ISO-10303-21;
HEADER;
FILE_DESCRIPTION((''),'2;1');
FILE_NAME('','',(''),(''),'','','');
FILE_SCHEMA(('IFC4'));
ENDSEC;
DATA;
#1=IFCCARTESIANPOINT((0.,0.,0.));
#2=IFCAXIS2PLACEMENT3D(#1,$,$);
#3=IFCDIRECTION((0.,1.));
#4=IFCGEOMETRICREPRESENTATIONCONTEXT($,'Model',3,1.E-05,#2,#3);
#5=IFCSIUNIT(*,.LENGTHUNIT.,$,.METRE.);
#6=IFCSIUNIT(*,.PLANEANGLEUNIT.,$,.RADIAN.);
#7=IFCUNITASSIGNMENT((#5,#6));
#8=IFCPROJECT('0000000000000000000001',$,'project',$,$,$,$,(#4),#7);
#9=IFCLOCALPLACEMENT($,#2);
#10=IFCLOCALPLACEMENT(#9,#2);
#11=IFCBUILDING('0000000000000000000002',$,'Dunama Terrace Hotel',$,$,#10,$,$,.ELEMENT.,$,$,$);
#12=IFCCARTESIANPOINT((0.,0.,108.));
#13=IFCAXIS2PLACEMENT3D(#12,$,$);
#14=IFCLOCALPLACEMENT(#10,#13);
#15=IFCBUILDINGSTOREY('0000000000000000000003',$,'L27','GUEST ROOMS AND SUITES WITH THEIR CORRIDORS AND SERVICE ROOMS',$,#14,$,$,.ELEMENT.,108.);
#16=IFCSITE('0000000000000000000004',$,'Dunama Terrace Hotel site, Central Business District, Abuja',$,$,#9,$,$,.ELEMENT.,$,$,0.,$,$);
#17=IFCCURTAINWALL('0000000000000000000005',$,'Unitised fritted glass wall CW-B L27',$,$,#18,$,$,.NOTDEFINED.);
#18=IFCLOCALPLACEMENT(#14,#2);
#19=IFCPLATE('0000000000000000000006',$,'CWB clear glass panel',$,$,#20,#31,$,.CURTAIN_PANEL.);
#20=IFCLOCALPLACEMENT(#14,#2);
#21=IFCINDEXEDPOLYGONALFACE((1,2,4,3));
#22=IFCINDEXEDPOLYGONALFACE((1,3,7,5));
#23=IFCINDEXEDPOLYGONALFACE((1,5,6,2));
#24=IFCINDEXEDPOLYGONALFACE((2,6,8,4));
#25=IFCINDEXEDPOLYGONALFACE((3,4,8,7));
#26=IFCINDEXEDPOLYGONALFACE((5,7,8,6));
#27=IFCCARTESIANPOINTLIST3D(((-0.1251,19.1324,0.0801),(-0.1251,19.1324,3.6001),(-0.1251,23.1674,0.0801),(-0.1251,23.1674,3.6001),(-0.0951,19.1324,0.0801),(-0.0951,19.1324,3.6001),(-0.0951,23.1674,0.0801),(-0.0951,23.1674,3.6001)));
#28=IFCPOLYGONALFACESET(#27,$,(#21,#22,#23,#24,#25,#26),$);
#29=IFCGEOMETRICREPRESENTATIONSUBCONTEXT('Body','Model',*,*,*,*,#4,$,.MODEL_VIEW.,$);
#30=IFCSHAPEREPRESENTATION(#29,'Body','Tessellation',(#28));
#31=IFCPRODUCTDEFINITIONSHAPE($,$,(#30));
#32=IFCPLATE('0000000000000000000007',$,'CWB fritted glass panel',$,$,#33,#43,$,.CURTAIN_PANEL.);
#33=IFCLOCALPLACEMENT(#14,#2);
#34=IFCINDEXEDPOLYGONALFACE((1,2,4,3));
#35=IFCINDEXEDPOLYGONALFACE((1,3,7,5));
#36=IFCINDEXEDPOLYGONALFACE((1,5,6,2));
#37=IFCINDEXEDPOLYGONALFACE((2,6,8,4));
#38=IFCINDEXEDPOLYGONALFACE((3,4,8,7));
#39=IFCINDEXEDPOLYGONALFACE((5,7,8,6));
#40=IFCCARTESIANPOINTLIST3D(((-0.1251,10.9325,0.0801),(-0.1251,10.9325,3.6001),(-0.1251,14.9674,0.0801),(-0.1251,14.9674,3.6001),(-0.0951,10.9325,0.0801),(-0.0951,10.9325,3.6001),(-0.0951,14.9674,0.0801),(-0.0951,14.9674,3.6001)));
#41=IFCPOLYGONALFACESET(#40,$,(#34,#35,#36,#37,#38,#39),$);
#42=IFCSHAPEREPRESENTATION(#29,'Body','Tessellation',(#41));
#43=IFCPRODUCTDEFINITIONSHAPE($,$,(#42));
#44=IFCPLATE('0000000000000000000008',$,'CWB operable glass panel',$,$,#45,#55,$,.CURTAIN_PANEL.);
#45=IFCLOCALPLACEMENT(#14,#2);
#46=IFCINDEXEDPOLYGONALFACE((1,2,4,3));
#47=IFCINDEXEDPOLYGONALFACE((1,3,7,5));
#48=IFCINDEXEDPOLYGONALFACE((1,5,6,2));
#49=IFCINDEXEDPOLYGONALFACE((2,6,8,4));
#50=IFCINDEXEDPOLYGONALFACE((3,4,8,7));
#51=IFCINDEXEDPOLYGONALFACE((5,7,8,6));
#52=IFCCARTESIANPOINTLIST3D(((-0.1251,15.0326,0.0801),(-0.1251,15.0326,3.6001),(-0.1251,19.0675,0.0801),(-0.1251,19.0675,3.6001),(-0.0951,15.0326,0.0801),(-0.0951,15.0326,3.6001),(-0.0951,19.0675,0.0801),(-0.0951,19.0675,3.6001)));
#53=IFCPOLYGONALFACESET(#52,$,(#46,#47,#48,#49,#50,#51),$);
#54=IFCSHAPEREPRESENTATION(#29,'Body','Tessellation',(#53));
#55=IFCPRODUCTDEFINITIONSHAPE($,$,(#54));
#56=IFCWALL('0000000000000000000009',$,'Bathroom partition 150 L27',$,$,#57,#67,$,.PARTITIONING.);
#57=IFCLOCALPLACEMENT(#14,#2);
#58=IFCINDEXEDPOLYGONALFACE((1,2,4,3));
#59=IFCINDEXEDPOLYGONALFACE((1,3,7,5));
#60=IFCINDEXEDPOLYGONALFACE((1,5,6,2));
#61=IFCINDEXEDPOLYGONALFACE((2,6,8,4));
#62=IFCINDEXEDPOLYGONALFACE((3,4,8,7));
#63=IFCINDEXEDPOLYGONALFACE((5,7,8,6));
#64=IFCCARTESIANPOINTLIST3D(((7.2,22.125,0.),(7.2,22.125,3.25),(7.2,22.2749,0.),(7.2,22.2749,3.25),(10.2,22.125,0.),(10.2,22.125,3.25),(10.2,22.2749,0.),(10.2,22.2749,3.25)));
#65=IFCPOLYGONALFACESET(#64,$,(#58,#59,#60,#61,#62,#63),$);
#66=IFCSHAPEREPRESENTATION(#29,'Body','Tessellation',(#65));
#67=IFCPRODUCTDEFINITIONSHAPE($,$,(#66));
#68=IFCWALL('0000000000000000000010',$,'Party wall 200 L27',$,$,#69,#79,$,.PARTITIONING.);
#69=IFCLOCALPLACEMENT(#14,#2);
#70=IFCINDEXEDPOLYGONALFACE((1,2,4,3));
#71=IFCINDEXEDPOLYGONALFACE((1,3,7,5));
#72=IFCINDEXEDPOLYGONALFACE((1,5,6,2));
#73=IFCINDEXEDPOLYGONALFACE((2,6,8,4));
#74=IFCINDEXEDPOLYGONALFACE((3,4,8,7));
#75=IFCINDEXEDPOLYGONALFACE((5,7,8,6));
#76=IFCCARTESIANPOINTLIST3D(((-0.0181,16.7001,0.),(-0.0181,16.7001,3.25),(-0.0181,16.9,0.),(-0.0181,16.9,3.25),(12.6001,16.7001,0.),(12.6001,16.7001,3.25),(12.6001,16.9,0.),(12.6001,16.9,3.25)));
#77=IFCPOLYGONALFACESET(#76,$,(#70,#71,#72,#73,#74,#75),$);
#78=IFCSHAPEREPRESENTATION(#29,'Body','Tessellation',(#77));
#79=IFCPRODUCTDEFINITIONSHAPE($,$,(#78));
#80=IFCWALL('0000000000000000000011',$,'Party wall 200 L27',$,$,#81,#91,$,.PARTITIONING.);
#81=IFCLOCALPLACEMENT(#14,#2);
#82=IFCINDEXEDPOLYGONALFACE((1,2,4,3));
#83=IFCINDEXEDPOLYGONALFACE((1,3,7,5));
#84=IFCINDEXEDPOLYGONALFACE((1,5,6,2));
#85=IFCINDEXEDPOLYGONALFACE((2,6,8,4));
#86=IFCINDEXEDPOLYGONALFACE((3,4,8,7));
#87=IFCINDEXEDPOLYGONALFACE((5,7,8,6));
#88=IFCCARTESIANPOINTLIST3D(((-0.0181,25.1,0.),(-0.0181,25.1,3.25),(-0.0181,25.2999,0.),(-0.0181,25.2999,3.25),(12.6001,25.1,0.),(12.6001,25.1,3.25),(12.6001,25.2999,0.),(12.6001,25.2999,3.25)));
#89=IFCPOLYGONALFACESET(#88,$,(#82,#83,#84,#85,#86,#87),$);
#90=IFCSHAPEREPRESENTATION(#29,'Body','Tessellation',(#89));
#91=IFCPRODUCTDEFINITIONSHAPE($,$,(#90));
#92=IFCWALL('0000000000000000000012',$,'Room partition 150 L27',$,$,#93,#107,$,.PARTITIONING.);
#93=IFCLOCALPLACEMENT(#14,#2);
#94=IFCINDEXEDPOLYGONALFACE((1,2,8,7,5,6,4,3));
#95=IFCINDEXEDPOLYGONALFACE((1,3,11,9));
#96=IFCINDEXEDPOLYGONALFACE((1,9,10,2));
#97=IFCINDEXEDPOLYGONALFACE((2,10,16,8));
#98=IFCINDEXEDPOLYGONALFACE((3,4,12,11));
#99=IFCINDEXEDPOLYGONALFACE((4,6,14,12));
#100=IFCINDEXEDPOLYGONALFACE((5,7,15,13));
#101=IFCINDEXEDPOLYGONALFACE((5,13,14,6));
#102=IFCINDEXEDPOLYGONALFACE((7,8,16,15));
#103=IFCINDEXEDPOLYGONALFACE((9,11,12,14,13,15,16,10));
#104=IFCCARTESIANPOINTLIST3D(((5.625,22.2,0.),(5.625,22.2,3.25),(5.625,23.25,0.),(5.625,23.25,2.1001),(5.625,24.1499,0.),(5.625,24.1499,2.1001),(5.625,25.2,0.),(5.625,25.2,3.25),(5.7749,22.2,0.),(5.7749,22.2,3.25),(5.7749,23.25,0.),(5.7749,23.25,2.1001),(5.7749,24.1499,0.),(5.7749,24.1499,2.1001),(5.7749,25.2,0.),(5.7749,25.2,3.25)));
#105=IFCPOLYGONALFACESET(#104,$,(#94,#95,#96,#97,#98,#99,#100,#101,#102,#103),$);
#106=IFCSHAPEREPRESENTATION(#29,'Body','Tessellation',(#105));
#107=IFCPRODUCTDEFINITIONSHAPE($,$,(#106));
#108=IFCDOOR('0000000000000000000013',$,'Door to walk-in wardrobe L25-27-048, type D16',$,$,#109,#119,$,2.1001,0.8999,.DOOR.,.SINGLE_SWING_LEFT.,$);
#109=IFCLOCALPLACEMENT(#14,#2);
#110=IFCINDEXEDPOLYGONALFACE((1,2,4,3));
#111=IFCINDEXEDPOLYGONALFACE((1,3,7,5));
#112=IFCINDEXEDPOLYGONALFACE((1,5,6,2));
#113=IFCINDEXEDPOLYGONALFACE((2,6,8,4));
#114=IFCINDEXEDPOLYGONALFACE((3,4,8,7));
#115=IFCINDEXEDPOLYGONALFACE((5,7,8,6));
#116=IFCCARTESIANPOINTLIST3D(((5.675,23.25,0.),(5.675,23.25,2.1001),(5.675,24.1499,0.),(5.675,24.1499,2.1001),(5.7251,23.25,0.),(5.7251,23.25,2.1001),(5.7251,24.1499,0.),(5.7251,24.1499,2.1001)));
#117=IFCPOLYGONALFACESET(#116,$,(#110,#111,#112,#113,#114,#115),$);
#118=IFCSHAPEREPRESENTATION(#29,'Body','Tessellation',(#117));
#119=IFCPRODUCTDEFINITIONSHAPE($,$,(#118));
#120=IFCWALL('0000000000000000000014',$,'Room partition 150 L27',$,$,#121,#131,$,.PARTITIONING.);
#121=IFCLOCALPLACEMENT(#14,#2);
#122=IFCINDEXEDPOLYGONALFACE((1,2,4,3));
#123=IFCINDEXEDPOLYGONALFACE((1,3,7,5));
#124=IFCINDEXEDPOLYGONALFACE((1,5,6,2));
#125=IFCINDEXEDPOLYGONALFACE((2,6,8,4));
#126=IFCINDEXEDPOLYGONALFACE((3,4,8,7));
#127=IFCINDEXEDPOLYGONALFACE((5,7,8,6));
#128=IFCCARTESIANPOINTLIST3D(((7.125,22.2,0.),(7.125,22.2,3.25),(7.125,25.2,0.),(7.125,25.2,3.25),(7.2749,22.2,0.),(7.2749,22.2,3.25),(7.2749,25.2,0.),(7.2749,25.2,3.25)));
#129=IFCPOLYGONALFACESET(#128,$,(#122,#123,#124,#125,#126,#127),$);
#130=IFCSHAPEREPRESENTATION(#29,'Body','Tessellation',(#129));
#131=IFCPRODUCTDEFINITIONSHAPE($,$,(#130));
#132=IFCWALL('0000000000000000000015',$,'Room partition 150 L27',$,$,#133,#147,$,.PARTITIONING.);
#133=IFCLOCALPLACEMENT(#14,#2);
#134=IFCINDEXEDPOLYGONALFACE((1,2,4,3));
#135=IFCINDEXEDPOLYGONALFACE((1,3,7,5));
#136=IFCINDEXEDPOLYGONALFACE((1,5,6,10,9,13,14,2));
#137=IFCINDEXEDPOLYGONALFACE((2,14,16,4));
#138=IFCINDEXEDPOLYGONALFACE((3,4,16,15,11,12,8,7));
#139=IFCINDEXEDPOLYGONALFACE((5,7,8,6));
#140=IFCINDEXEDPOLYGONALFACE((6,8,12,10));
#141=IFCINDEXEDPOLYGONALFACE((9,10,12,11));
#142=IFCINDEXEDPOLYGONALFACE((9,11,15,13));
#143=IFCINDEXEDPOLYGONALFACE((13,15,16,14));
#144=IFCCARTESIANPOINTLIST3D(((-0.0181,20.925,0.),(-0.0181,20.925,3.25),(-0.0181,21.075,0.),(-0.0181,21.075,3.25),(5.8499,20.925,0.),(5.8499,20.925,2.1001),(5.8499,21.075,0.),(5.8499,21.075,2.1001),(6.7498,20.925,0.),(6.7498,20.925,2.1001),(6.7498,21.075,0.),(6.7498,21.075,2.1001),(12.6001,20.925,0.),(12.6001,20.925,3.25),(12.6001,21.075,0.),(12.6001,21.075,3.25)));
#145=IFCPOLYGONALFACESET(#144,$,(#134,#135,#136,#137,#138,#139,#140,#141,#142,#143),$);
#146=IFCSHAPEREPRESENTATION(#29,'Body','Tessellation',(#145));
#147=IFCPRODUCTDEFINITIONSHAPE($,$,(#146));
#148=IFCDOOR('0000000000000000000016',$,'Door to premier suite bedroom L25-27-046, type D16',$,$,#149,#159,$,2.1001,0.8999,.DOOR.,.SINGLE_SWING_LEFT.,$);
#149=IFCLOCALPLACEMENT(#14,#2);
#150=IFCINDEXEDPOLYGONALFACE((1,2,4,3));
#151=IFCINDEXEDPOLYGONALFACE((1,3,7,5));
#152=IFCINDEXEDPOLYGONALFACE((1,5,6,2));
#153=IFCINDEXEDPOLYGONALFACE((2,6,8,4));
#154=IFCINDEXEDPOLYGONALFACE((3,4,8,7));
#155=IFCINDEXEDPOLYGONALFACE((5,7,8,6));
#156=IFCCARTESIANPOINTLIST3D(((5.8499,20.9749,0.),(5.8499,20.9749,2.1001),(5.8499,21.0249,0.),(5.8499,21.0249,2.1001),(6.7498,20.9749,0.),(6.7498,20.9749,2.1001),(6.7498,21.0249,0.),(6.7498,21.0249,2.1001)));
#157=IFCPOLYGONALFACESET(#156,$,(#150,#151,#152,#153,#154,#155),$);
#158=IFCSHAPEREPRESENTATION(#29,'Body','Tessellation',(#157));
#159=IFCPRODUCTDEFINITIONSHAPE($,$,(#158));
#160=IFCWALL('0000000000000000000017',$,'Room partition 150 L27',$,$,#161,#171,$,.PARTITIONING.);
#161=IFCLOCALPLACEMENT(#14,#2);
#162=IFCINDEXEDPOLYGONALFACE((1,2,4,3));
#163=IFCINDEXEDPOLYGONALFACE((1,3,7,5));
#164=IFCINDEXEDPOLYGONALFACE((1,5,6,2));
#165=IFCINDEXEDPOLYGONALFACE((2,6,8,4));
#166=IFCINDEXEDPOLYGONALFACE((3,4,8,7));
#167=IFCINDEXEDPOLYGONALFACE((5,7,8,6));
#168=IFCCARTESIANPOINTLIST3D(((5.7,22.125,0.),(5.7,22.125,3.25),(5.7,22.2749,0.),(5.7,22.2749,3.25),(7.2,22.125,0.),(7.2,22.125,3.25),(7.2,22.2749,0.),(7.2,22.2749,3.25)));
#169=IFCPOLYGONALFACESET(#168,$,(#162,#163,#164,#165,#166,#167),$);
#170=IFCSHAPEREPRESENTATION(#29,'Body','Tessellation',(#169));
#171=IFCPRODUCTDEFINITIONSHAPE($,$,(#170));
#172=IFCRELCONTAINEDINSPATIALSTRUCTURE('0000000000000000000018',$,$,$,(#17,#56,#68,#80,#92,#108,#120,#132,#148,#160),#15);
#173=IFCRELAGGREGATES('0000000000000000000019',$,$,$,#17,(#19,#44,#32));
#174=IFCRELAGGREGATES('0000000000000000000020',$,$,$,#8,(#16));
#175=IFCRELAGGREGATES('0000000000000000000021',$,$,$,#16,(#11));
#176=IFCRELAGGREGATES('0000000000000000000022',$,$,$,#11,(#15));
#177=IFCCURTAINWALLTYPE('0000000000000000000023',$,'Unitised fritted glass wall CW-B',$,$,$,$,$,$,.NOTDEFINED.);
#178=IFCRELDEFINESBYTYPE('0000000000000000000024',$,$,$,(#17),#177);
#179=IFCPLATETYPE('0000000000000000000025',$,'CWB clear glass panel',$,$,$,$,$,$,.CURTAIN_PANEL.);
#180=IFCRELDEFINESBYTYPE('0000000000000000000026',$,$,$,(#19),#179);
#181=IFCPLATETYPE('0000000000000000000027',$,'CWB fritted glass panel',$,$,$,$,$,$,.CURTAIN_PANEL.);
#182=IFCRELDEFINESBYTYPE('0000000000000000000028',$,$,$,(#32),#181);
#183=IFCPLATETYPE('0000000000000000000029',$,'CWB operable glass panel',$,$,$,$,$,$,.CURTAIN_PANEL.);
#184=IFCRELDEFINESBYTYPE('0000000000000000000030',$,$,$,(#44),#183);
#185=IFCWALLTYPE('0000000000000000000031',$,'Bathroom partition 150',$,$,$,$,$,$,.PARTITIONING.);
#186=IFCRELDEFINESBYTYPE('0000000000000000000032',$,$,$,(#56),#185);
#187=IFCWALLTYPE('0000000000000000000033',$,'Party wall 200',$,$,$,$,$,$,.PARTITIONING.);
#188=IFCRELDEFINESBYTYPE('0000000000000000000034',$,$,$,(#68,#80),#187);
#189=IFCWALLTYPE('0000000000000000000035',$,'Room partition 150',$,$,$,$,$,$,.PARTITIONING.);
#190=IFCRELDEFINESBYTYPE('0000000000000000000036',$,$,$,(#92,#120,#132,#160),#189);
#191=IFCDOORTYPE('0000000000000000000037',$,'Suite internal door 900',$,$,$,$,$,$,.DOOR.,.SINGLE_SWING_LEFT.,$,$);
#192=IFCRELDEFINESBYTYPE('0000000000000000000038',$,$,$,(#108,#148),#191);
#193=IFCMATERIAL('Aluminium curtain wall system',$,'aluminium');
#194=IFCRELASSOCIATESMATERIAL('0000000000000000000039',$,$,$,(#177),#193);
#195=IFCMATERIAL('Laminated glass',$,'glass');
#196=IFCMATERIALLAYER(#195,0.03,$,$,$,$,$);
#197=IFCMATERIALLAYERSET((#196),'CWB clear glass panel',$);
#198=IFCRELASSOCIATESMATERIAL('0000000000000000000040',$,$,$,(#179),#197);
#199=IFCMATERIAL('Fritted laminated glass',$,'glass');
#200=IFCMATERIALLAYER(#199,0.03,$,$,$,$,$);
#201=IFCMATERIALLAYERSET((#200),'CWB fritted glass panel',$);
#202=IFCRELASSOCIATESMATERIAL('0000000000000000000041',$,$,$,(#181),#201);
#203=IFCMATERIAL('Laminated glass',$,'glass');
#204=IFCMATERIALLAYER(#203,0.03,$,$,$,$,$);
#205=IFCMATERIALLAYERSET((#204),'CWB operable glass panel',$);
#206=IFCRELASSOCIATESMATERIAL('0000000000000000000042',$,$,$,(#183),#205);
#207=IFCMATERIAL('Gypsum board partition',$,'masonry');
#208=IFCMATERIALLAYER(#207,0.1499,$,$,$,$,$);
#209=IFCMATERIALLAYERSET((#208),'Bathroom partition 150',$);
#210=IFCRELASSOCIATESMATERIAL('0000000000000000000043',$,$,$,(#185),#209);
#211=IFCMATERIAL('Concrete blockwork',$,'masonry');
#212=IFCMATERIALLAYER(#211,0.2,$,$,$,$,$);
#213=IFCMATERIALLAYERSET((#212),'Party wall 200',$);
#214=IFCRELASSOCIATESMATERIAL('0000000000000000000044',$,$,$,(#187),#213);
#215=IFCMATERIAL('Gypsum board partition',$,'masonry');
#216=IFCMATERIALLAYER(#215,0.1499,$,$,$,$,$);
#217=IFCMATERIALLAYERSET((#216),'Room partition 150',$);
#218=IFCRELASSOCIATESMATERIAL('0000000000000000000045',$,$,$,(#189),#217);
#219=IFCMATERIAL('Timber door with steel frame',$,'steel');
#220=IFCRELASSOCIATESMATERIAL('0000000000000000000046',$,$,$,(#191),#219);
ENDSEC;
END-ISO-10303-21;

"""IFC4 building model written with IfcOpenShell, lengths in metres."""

from ifc_helpers import new_model, si_unit, direction, frame, frame_2d, origin, origin_2d, place, context, subcontext, project, spatial, rectangle, extrude, material, layer, layer_set, type_object, element, fill, aggregate, save


model = new_model("IFC4")

# Units and contexts
model_context = context("Model", 3, precision=1e-05, world=origin(), true_north=direction((0.0, 1.0)))
body_context = subcontext(model_context, "Body", "Model", "MODEL_VIEW")
ifc_project = project(units=[si_unit("LENGTHUNIT", "METRE"), si_unit("PLANEANGLEUNIT", "RADIAN")], contexts=[model_context])

# Site, building, storey
site_placement = place(None, origin())
site = spatial("IfcSite", under=ifc_project, at=site_placement, Name="Dunama Terrace Hotel site, Central Business District, Abuja", CompositionType="ELEMENT", RefElevation=0.0)
building_placement = place(site_placement, origin())
building = spatial("IfcBuilding", under=site, at=building_placement, Name="Dunama Terrace Hotel", CompositionType="ELEMENT")
storey_placement = place(building_placement, frame((0.0, 0.0, 108.0)))
storey = spatial("IfcBuildingStorey", under=building, at=storey_placement, Name="L27", Description="GUEST ROOMS AND SUITES WITH THEIR CORRIDORS AND SERVICE ROOMS", CompositionType="ELEMENT", Elevation=108.0)

# Curtain wall
ifc_material_1 = material(Name="Aluminium curtain wall system", Category="aluminium")
curtain_wall_type = type_object("IfcCurtainWallType", Name="Unitised fritted glass wall CW-B", PredefinedType="NOTDEFINED", material=ifc_material_1)
curtain_wall_placement = place(storey_placement, origin())
curtain_wall = element("IfcCurtainWall", 1, at=curtain_wall_placement, inside=storey, type_object=curtain_wall_type, Name="Unitised fritted glass wall CW-B L27", PredefinedType="NOTDEFINED")

# Plates
ifc_material_2 = material(Name="Laminated glass", Category="glass")
ifc_layer_1 = layer(ifc_material_2, 0.03)
ifc_layer_set_1 = layer_set([ifc_layer_1], Name="CWB clear glass panel")
plate_type_1 = type_object("IfcPlateType", Name="CWB clear glass panel", PredefinedType="CURTAIN_PANEL", material=ifc_layer_set_1)
plate_1_placement = place(storey_placement, frame((-0.1101, 21.1499, 0.0801), z_axis=(0.0, 0.0, 1.0), x_axis=(0.0, -1.0, 0.0)))
plate_1 = element("IfcPlate", 2, at=plate_1_placement, type_object=plate_type_1, Name="CWB clear glass panel", PredefinedType="CURTAIN_PANEL", context=body_context, shape_type="SweptSolid", body=[
    extrude(rectangle(XDim=4.0349, YDim=0.03, at=origin_2d()), origin(), (0.0, 0.0, 1.0), 3.52),
])
ifc_material_3 = material(Name="Fritted laminated glass", Category="glass")
ifc_layer_2 = layer(ifc_material_3, 0.03)
ifc_layer_set_2 = layer_set([ifc_layer_2], Name="CWB fritted glass panel")
plate_type_2 = type_object("IfcPlateType", Name="CWB fritted glass panel", PredefinedType="CURTAIN_PANEL", material=ifc_layer_set_2)
plate_2_placement = place(storey_placement, frame((-0.1101, 12.95, 0.0801), z_axis=(0.0, 0.0, 1.0), x_axis=(0.0, -1.0, 0.0)))
plate_2 = element("IfcPlate", 3, at=plate_2_placement, type_object=plate_type_2, Name="CWB fritted glass panel", PredefinedType="CURTAIN_PANEL", context=body_context, shape_type="SweptSolid", body=[
    extrude(rectangle(XDim=4.0349, YDim=0.03, at=origin_2d()), origin(), (0.0, 0.0, 1.0), 3.52),
])
ifc_material_4 = material(Name="Laminated glass", Category="glass")
ifc_layer_3 = layer(ifc_material_4, 0.03)
ifc_layer_set_3 = layer_set([ifc_layer_3], Name="CWB operable glass panel")
plate_type_3 = type_object("IfcPlateType", Name="CWB operable glass panel", PredefinedType="CURTAIN_PANEL", material=ifc_layer_set_3)
plate_3_placement = place(storey_placement, frame((-0.1101, 17.05, 0.0801), z_axis=(0.0, 0.0, 1.0), x_axis=(0.0, -1.0, 0.0)))
plate_3 = element("IfcPlate", 4, at=plate_3_placement, type_object=plate_type_3, Name="CWB operable glass panel", PredefinedType="CURTAIN_PANEL", context=body_context, shape_type="SweptSolid", body=[
    extrude(rectangle(XDim=4.0349, YDim=0.03, at=origin_2d()), origin(), (0.0, 0.0, 1.0), 3.52),
])
aggregate(curtain_wall, [plate_1, plate_3, plate_2])

# Walls
ifc_material_5 = material(Name="Gypsum board partition", Category="masonry")
ifc_layer_4 = layer(ifc_material_5, 0.1499)
ifc_layer_set_4 = layer_set([ifc_layer_4], Name="Bathroom partition 150")
wall_type_1 = type_object("IfcWallType", Name="Bathroom partition 150", PredefinedType="PARTITIONING", material=ifc_layer_set_4)
wall_1_placement = place(storey_placement, frame((7.2, 22.2, 0.0), z_axis=(0.0, 0.0, 1.0), x_axis=(1.0, 0.0, 0.0)))
element("IfcWall", 5, at=wall_1_placement, inside=storey, type_object=wall_type_1, Name="Bathroom partition 150 L27", PredefinedType="PARTITIONING", context=body_context, shape_type="SweptSolid", body=[
    extrude(rectangle(XDim=3.0, YDim=0.1499, at=frame_2d((1.5, 0.0))), origin(), (0.0, 0.0, 1.0), 3.25),
])
ifc_material_6 = material(Name="Concrete blockwork", Category="masonry")
ifc_layer_5 = layer(ifc_material_6, 0.2)
ifc_layer_set_5 = layer_set([ifc_layer_5], Name="Party wall 200")
wall_type_2 = type_object("IfcWallType", Name="Party wall 200", PredefinedType="PARTITIONING", material=ifc_layer_set_5)
for number, where, z_axis, x_axis, name in (
    (6, (-0.0181, 16.8, 0.0), (0.0, 0.0, 1.0), (1.0, 0.0, 0.0), "Party wall 200 L27"),
    (7, (-0.0181, 25.2, 0.0), (0.0, 0.0, 1.0), (1.0, 0.0, 0.0), "Party wall 200 L27"),
):
    element("IfcWall", number, at=place(storey_placement, frame(where, z_axis=z_axis, x_axis=x_axis)), inside=storey, type_object=wall_type_2, Name=name, PredefinedType="PARTITIONING", context=body_context, shape_type="SweptSolid", body=[
        extrude(rectangle(XDim=12.6182, YDim=0.2, at=frame_2d((6.3091, 0.0))), origin(), (0.0, 0.0, 1.0), 3.25),
    ])

# Wall, opening, door
ifc_material_7 = material(Name="Gypsum board partition", Category="masonry")
ifc_layer_6 = layer(ifc_material_7, 0.1499)
ifc_layer_set_6 = layer_set([ifc_layer_6], Name="Room partition 150")
wall_type_3 = type_object("IfcWallType", Name="Room partition 150", PredefinedType="PARTITIONING", material=ifc_layer_set_6)
wall_2_placement = place(storey_placement, frame((5.7, 22.2, 0.0), z_axis=(0.0, 0.0, 1.0), x_axis=(0.0, 1.0, 0.0)))
wall_2 = element("IfcWall", 8, at=wall_2_placement, inside=storey, type_object=wall_type_3, Name="Room partition 150 L27", PredefinedType="PARTITIONING", context=body_context, shape_type="SweptSolid", body=[
    extrude(rectangle(XDim=3.0, YDim=0.1499, at=frame_2d((1.5, 0.0))), origin(), (0.0, 0.0, 1.0), 3.25),
])
opening_1_placement = place(wall_2_placement, frame((1.05, 0.0, 0.0)))
opening_1 = element("IfcOpeningElement", 9, at=opening_1_placement, cuts=wall_2, PredefinedType="OPENING", context=body_context, shape_type="SweptSolid", body=[
    extrude(rectangle(XDim=0.8999, YDim=2.1001, at=frame_2d((0.45, 1.05))), frame((0.0, 0.085, 0.0), z_axis=(0.0, -1.0, 0.0), x_axis=(1.0, 0.0, 0.0)), (0.0, 0.0, 1.0), 0.1699),
])
ifc_material_8 = material(Name="Timber door with steel frame", Category="steel")
door_type = type_object("IfcDoorType", Name="Suite internal door 900", OperationType="SINGLE_SWING_LEFT", PredefinedType="DOOR", material=ifc_material_8)
door_1_placement = place(opening_1_placement, frame((0.8999, 0.0, 0.0), z_axis=(0.0, 0.0, 1.0), x_axis=(-1.0, 0.0, 0.0)))
door_1 = element("IfcDoor", 10, at=door_1_placement, inside=storey, type_object=door_type, Name="Door to walk-in wardrobe L25-27-048, type D16", OperationType="SINGLE_SWING_LEFT", OverallHeight=2.1001, OverallWidth=0.8999, PredefinedType="DOOR", context=body_context, shape_type="SweptSolid", body=[
    extrude(rectangle(XDim=0.8999, YDim=2.1001, at=frame_2d((0.45, 1.05))), frame((0.0, 0.0251, 0.0), z_axis=(0.0, -1.0, 0.0), x_axis=(1.0, 0.0, 0.0)), (0.0, 0.0, 1.0), 0.05),
])
fill(opening_1, door_1)

# Wall
wall_3_placement = place(storey_placement, frame((7.2, 22.2, 0.0), z_axis=(0.0, 0.0, 1.0), x_axis=(0.0, 1.0, 0.0)))
element("IfcWall", 11, at=wall_3_placement, inside=storey, type_object=wall_type_3, Name="Room partition 150 L27", PredefinedType="PARTITIONING", context=body_context, shape_type="SweptSolid", body=[
    extrude(rectangle(XDim=3.0, YDim=0.1499, at=frame_2d((1.5, 0.0))), origin(), (0.0, 0.0, 1.0), 3.25),
])

# Wall, opening, door
wall_4_placement = place(storey_placement, frame((-0.0181, 21.0, 0.0), z_axis=(0.0, 0.0, 1.0), x_axis=(1.0, 0.0, 0.0)))
wall_4 = element("IfcWall", 12, at=wall_4_placement, inside=storey, type_object=wall_type_3, Name="Room partition 150 L27", PredefinedType="PARTITIONING", context=body_context, shape_type="SweptSolid", body=[
    extrude(rectangle(XDim=12.6182, YDim=0.1499, at=frame_2d((6.3091, 0.0))), origin(), (0.0, 0.0, 1.0), 3.25),
])
opening_2_placement = place(wall_4_placement, frame((5.8679, 0.0, 0.0)))
opening_2 = element("IfcOpeningElement", 13, at=opening_2_placement, cuts=wall_4, PredefinedType="OPENING", context=body_context, shape_type="SweptSolid", body=[
    extrude(rectangle(XDim=0.8999, YDim=2.1001, at=frame_2d((0.45, 1.05))), frame((0.0, 0.085, 0.0), z_axis=(0.0, -1.0, 0.0), x_axis=(1.0, 0.0, 0.0)), (0.0, 0.0, 1.0), 0.1699),
])
door_2_placement = place(opening_2_placement, origin())
door_2 = element("IfcDoor", 14, at=door_2_placement, inside=storey, type_object=door_type, Name="Door to premier suite bedroom L25-27-046, type D16", OperationType="SINGLE_SWING_LEFT", OverallHeight=2.1001, OverallWidth=0.8999, PredefinedType="DOOR", context=body_context, shape_type="SweptSolid", body=[
    extrude(rectangle(XDim=0.8999, YDim=2.1001, at=frame_2d((0.45, 1.05))), frame((0.0, 0.0249, 0.0), z_axis=(0.0, -1.0, 0.0), x_axis=(1.0, 0.0, 0.0)), (0.0, 0.0, 1.0), 0.05),
])
fill(opening_2, door_2)

# Wall
wall_5_placement = place(storey_placement, frame((5.7, 22.2, 0.0), z_axis=(0.0, 0.0, 1.0), x_axis=(1.0, 0.0, 0.0)))
element("IfcWall", 15, at=wall_5_placement, inside=storey, type_object=wall_type_3, Name="Room partition 150 L27", PredefinedType="PARTITIONING", context=body_context, shape_type="SweptSolid", body=[
    extrude(rectangle(XDim=1.5, YDim=0.1499, at=frame_2d((0.75, 0.0))), origin(), (0.0, 0.0, 1.0), 3.25),
])

save(model, "model.ifc")
